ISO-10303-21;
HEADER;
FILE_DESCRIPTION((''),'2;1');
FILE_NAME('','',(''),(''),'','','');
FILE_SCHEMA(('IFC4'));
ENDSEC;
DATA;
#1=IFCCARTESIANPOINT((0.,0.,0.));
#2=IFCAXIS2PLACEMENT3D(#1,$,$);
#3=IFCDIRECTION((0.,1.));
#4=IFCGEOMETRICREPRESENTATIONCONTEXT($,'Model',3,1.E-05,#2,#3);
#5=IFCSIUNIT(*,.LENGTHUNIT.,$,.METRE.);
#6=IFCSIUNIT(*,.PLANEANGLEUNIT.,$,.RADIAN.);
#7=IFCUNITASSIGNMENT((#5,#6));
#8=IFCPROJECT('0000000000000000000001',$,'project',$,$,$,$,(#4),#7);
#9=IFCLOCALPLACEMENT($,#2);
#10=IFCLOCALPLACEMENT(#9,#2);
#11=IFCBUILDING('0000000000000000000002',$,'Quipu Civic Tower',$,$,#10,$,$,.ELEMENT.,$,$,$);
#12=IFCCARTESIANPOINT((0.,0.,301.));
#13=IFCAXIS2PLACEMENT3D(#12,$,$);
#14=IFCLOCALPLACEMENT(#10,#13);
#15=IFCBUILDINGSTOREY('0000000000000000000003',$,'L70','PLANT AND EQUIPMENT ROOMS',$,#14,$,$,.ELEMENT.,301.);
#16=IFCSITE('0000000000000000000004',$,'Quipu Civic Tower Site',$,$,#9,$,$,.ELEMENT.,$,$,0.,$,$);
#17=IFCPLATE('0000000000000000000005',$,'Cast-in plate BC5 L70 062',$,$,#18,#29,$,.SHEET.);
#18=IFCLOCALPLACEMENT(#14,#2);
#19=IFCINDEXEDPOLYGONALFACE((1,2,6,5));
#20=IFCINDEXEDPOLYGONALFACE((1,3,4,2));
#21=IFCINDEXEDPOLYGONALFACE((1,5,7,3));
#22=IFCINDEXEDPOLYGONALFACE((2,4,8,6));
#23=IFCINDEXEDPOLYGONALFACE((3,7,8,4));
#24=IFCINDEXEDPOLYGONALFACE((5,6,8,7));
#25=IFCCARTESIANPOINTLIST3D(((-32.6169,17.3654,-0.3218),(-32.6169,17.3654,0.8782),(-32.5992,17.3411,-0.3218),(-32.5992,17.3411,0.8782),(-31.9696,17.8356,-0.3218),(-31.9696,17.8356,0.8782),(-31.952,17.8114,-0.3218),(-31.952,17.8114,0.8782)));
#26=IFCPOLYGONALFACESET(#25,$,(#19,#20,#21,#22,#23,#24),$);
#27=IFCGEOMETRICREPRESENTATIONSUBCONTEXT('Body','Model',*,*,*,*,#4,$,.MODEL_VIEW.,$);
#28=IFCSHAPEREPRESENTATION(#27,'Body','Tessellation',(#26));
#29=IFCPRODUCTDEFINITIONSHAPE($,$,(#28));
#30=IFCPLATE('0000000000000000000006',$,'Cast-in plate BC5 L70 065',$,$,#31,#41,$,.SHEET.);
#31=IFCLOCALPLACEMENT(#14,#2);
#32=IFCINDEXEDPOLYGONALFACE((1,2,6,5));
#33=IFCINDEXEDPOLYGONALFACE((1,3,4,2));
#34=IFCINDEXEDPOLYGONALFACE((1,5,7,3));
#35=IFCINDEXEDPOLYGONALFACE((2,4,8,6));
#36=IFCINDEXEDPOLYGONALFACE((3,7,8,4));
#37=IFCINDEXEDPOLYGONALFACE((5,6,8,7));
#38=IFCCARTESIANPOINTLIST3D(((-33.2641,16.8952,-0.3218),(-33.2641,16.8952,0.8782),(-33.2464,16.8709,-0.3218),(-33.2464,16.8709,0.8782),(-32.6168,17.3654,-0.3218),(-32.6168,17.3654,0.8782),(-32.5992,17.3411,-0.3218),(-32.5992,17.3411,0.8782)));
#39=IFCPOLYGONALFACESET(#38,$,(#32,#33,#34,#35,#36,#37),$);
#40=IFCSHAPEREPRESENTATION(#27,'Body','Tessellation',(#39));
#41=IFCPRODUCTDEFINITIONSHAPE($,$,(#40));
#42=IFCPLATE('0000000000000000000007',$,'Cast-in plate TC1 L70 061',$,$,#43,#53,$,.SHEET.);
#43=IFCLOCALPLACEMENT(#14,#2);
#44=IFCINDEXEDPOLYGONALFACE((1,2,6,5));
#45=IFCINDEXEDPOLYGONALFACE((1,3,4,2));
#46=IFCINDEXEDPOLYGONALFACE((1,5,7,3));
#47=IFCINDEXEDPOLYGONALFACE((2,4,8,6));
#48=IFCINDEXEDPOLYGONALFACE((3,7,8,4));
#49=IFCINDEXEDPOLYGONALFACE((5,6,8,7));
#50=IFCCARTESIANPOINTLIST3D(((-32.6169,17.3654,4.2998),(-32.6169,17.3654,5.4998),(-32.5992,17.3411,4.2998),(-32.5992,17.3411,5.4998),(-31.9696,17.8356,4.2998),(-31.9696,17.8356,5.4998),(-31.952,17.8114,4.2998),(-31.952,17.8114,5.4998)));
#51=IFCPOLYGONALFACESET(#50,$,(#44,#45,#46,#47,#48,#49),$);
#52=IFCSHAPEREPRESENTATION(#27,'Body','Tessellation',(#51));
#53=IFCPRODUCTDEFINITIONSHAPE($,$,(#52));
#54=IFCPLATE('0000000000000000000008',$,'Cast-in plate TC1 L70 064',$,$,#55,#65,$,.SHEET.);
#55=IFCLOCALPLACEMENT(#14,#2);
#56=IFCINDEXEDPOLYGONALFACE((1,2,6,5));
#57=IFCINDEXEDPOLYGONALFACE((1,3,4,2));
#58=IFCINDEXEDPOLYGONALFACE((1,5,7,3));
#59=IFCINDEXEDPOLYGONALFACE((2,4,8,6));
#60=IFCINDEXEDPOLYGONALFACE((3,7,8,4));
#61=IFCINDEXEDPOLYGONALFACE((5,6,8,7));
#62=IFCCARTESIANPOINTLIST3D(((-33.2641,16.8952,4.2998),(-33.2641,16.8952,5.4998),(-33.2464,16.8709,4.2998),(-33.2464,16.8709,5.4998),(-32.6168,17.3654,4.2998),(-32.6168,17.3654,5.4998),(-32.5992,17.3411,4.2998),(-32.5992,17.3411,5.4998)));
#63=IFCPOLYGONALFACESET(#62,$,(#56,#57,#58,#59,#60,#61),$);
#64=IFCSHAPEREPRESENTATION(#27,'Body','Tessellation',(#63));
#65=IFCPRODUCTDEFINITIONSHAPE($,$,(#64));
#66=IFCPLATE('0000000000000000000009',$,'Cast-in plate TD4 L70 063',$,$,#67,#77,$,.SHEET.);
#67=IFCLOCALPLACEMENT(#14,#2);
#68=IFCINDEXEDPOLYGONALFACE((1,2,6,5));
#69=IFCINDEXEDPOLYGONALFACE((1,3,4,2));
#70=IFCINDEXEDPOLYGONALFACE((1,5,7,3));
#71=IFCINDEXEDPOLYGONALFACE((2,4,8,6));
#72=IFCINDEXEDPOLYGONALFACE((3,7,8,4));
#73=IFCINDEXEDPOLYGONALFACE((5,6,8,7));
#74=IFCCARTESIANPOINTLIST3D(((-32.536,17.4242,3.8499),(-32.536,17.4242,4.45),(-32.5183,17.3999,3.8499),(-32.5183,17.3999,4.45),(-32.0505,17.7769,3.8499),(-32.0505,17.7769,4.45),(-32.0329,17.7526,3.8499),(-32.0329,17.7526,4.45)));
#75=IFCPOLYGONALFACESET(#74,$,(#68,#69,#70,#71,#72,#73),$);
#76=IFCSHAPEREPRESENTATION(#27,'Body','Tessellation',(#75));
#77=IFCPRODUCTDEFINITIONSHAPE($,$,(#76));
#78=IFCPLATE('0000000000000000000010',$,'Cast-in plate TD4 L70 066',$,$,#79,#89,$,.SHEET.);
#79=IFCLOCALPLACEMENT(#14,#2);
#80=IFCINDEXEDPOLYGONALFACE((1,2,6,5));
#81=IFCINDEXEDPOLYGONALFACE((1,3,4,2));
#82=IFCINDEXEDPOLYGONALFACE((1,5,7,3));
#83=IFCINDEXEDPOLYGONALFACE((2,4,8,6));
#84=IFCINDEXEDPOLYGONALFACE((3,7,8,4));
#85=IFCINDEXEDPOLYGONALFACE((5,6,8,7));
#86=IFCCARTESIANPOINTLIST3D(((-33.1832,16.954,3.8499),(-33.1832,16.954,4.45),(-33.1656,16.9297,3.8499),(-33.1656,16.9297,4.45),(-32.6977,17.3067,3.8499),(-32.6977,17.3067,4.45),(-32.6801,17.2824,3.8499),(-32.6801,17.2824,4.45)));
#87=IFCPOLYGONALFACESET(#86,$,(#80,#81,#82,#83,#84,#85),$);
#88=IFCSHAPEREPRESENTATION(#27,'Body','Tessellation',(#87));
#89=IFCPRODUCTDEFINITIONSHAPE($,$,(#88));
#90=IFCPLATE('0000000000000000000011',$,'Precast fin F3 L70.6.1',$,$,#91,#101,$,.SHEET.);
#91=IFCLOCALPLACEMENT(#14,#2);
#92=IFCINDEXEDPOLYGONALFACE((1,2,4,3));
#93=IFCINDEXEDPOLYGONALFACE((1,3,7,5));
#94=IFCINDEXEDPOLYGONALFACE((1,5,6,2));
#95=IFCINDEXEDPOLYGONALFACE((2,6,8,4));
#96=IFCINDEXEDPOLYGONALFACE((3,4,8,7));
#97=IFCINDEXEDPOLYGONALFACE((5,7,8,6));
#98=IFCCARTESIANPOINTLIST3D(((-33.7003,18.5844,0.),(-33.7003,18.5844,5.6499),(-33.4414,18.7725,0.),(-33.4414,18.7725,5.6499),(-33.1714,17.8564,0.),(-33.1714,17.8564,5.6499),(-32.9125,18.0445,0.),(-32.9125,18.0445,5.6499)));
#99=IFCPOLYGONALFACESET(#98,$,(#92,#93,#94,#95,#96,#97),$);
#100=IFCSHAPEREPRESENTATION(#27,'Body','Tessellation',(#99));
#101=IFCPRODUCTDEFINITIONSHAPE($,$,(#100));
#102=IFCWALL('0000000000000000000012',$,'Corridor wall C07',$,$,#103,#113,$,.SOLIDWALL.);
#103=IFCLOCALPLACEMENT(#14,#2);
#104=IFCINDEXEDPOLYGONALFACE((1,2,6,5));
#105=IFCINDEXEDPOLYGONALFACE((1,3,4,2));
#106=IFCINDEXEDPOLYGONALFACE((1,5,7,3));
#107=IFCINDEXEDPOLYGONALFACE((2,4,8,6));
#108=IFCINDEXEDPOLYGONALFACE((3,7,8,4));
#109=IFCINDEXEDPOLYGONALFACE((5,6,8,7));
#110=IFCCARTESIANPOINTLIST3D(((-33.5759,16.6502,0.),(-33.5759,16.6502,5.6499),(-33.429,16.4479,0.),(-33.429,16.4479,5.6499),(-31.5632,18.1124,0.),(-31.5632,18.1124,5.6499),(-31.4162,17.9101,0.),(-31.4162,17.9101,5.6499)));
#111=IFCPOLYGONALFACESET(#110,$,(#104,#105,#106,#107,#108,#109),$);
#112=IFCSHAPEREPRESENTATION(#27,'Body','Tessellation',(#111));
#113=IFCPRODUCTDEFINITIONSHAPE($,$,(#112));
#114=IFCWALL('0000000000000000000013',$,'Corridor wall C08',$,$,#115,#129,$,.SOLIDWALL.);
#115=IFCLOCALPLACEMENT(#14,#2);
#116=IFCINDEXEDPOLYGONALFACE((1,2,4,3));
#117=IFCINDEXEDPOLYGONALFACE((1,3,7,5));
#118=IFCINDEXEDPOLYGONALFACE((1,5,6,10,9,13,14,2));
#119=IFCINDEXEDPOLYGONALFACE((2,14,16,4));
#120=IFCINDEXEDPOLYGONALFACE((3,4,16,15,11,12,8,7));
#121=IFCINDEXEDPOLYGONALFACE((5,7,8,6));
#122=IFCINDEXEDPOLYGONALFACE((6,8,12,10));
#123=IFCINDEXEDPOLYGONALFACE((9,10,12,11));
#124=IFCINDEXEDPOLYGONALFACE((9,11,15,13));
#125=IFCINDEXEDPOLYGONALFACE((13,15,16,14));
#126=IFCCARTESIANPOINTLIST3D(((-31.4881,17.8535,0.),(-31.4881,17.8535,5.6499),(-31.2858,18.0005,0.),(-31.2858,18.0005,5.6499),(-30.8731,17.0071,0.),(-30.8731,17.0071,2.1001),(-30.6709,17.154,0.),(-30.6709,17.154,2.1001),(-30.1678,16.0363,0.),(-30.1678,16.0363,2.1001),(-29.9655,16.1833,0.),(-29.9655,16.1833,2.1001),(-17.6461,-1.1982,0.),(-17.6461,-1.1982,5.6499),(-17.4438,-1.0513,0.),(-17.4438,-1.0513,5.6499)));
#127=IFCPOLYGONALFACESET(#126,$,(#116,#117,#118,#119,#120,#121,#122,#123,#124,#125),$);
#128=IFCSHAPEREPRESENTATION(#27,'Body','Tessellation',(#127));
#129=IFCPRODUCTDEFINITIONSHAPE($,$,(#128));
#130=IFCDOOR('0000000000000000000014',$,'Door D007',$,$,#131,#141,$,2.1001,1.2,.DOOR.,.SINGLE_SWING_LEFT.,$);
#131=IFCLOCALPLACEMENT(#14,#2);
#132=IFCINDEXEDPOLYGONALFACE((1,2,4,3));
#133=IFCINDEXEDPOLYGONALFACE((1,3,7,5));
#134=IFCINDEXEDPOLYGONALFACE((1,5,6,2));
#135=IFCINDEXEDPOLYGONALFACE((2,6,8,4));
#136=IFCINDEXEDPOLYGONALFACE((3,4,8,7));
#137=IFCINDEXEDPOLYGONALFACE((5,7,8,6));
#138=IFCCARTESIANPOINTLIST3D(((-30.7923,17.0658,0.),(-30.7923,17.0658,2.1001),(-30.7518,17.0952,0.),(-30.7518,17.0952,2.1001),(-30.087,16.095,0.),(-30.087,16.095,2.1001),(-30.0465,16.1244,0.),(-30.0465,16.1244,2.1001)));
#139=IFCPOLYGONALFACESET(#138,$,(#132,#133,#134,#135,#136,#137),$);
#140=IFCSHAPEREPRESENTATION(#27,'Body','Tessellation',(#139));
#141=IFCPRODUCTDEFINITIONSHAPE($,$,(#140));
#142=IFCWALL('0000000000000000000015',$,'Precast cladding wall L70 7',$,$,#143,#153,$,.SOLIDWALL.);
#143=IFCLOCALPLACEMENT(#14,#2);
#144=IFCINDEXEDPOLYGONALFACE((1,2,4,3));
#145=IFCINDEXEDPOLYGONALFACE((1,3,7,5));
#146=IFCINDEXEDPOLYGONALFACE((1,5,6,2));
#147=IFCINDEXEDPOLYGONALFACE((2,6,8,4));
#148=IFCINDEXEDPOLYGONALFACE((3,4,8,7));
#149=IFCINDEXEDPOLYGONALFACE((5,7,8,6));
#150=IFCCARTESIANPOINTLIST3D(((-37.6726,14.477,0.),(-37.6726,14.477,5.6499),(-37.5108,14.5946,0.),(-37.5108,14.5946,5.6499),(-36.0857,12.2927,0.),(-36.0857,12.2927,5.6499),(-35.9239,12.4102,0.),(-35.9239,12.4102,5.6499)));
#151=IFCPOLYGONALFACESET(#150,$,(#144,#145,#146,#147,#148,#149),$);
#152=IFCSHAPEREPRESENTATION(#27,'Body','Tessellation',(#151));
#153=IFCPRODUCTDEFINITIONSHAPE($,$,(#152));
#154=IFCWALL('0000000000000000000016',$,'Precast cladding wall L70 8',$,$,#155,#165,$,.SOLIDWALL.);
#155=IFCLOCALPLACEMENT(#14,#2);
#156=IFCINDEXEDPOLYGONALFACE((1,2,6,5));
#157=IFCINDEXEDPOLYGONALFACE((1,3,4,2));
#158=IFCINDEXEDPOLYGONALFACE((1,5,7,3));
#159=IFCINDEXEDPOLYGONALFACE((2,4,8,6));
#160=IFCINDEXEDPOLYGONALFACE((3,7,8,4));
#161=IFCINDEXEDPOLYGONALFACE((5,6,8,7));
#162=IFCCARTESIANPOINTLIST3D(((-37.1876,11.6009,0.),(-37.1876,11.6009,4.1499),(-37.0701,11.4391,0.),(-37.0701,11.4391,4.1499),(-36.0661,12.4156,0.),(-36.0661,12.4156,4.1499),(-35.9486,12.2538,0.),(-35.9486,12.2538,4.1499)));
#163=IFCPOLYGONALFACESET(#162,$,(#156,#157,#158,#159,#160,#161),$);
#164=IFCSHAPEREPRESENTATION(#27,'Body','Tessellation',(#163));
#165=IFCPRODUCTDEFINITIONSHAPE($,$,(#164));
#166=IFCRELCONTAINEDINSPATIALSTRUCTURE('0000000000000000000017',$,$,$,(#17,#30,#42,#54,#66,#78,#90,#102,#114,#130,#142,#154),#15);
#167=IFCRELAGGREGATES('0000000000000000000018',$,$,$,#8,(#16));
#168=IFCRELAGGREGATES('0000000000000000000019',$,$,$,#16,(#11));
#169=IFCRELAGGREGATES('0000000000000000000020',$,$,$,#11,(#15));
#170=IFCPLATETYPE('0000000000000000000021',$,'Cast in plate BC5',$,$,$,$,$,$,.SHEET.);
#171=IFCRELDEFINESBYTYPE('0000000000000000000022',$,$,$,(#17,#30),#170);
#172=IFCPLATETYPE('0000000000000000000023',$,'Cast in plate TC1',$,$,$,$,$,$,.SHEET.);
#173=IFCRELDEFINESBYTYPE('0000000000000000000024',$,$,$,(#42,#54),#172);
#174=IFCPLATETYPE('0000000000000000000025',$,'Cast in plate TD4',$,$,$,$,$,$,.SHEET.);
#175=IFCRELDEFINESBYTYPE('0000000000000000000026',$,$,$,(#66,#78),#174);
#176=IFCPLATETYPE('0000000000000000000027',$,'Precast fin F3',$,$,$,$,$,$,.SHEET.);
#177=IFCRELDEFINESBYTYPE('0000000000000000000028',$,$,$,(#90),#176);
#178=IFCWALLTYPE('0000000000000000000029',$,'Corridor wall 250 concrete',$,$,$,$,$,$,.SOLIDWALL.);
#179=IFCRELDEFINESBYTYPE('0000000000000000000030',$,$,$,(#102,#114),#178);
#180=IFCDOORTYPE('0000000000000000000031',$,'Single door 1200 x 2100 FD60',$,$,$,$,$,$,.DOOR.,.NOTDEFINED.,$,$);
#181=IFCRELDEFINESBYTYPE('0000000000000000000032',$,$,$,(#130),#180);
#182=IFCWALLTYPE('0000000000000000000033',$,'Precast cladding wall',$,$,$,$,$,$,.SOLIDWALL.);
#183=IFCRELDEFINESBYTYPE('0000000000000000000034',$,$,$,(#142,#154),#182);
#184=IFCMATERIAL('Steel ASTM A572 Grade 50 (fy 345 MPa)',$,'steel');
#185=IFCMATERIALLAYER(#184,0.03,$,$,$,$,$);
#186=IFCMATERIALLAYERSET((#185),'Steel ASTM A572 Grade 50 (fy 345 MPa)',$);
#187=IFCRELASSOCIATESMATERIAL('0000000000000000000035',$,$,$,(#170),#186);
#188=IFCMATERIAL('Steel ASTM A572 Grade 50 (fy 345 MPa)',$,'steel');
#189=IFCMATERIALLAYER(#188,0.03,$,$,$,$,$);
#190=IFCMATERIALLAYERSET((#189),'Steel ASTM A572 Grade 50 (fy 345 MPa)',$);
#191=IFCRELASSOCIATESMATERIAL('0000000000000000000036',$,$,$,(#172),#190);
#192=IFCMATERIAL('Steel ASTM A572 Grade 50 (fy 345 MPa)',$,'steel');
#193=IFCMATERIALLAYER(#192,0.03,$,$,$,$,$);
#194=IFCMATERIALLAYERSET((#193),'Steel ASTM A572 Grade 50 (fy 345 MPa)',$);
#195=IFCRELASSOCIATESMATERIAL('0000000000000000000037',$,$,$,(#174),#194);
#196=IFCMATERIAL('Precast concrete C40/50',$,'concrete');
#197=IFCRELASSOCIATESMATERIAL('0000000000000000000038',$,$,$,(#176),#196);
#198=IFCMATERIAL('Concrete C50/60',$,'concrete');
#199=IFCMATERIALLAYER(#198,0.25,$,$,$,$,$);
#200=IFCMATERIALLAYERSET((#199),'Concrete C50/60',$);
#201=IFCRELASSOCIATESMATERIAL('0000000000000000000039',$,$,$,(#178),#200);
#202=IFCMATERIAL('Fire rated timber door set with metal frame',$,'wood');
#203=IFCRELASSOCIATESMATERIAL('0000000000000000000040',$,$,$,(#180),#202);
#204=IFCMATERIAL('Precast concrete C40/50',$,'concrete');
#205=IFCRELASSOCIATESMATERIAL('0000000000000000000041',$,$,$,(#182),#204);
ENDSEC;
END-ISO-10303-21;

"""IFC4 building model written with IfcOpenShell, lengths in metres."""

from ifc_helpers import new_model, si_unit, direction, frame, frame_2d, origin, origin_2d, place, context, subcontext, project, spatial, rectangle, extrude, material, layer, layer_set, type_object, element, fill, save


model = new_model("IFC4")

# Units and contexts
model_context = context("Model", 3, precision=1e-05, world=origin(), true_north=direction((0.0, 1.0)))
body_context = subcontext(model_context, "Body", "Model", "MODEL_VIEW")
ifc_project = project(units=[si_unit("LENGTHUNIT", "METRE"), si_unit("PLANEANGLEUNIT", "RADIAN")], contexts=[model_context])

# Site, building, storey
site_placement = place(None, origin())
site = spatial("IfcSite", under=ifc_project, at=site_placement, Name="Quipu Civic Tower Site", CompositionType="ELEMENT", RefElevation=0.0)
building_placement = place(site_placement, origin())
building = spatial("IfcBuilding", under=site, at=building_placement, Name="Quipu Civic Tower", CompositionType="ELEMENT")
storey_placement = place(building_placement, frame((0.0, 0.0, 301.0)))
storey = spatial("IfcBuildingStorey", under=building, at=storey_placement, Name="L70", Description="PLANT AND EQUIPMENT ROOMS", CompositionType="ELEMENT", Elevation=301.0)

# Plates
ifc_material_1 = material(Name="Steel ASTM A572 Grade 50 (fy 345 MPa)", Category="steel")
ifc_layer_1 = layer(ifc_material_1, 0.03)
ifc_layer_set_1 = layer_set([ifc_layer_1], Name="Steel ASTM A572 Grade 50 (fy 345 MPa)")
plate_type_1 = type_object("IfcPlateType", Name="Cast in plate BC5", PredefinedType="SHEET", material=ifc_layer_set_1)
for number, where, z_axis, x_axis, name in (
    (1, (-32.2844, 17.5884, -0.3218), (0.0, 0.0, 1.0), (0.809027, 0.587771, 0.0), "Cast-in plate BC5 L70 062"),
    (2, (-32.9316, 17.1182, -0.3218), (0.0, 0.0, 1.0), (0.809027, 0.587771, 0.0), "Cast-in plate BC5 L70 065"),
):
    element("IfcPlate", number, at=place(storey_placement, frame(where, z_axis=z_axis, x_axis=x_axis)), inside=storey, type_object=plate_type_1, Name=name, PredefinedType="SHEET", context=body_context, shape_type="SweptSolid", body=[
        extrude(rectangle(XDim=0.8, YDim=0.03, at=origin_2d()), origin(), (0.0, 0.0, 1.0), 1.2),
    ])
ifc_material_2 = material(Name="Steel ASTM A572 Grade 50 (fy 345 MPa)", Category="steel")
ifc_layer_2 = layer(ifc_material_2, 0.03)
ifc_layer_set_2 = layer_set([ifc_layer_2], Name="Steel ASTM A572 Grade 50 (fy 345 MPa)")
plate_type_2 = type_object("IfcPlateType", Name="Cast in plate TC1", PredefinedType="SHEET", material=ifc_layer_set_2)
for number, where, z_axis, x_axis, name in (
    (3, (-32.2844, 17.5884, 4.2998), (0.0, 0.0, 1.0), (0.809027, 0.587771, 0.0), "Cast-in plate TC1 L70 061"),
    (4, (-32.9316, 17.1182, 4.2998), (0.0, 0.0, 1.0), (0.809027, 0.587771, 0.0), "Cast-in plate TC1 L70 064"),
):
    element("IfcPlate", number, at=place(storey_placement, frame(where, z_axis=z_axis, x_axis=x_axis)), inside=storey, type_object=plate_type_2, Name=name, PredefinedType="SHEET", context=body_context, shape_type="SweptSolid", body=[
        extrude(rectangle(XDim=0.8, YDim=0.03, at=origin_2d()), origin(), (0.0, 0.0, 1.0), 1.2),
    ])
ifc_material_3 = material(Name="Steel ASTM A572 Grade 50 (fy 345 MPa)", Category="steel")
ifc_layer_3 = layer(ifc_material_3, 0.03)
ifc_layer_set_3 = layer_set([ifc_layer_3], Name="Steel ASTM A572 Grade 50 (fy 345 MPa)")
plate_type_3 = type_object("IfcPlateType", Name="Cast in plate TD4", PredefinedType="SHEET", material=ifc_layer_set_3)
for number, where, z_axis, x_axis, name in (
    (5, (-32.2844, 17.5884, 3.8499), (0.0, 0.0, 1.0), (0.809027, 0.587771, 0.0), "Cast-in plate TD4 L70 063"),
    (6, (-32.9316, 17.1182, 3.8499), (0.0, 0.0, 1.0), (0.809027, 0.587771, 0.0), "Cast-in plate TD4 L70 066"),
):
    element("IfcPlate", number, at=place(storey_placement, frame(where, z_axis=z_axis, x_axis=x_axis)), inside=storey, type_object=plate_type_3, Name=name, PredefinedType="SHEET", context=body_context, shape_type="SweptSolid", body=[
        extrude(rectangle(XDim=0.6001, YDim=0.03, at=origin_2d()), origin(), (0.0, 0.0, 1.0), 0.6001),
    ])
ifc_material_4 = material(Name="Precast concrete C40/50", Category="concrete")
plate_type_4 = type_object("IfcPlateType", Name="Precast fin F3", PredefinedType="SHEET", material=ifc_material_4)
plate_placement = place(storey_placement, frame((-33.3064, 18.3145, 0.0), z_axis=(0.0, 0.0, 1.0), x_axis=(-0.809017, -0.587785, 0.0)))
element("IfcPlate", 7, at=plate_placement, inside=storey, type_object=plate_type_4, Name="Precast fin F3 L70.6.1", PredefinedType="SHEET", context=body_context, shape_type="SweptSolid", body=[
    extrude(rectangle(XDim=0.3201, YDim=0.8999, at=origin_2d()), origin(), (0.0, 0.0, 1.0), 5.6499),
])

# Wall
ifc_material_5 = material(Name="Concrete C50/60", Category="concrete")
ifc_layer_4 = layer(ifc_material_5, 0.25)
ifc_layer_set_4 = layer_set([ifc_layer_4], Name="Concrete C50/60")
wall_type_1 = type_object("IfcWallType", Name="Corridor wall 250 concrete", PredefinedType="SOLIDWALL", material=ifc_layer_set_4)
wall_1_placement = place(storey_placement, frame((-33.5024, 16.5491, 0.0), z_axis=(0.0, 0.0, 1.0), x_axis=(0.809046, 0.587746, 0.0)))
element("IfcWall", 8, at=wall_1_placement, inside=storey, type_object=wall_type_1, Name="Corridor wall C07", PredefinedType="SOLIDWALL", context=body_context, shape_type="SweptSolid", body=[
    extrude(rectangle(XDim=2.4878, YDim=0.25, at=frame_2d((1.2439, 0.0))), origin(), (0.0, 0.0, 1.0), 5.6499),
])

# Wall, opening, door
wall_2_placement = place(storey_placement, frame((-31.387, 17.927, 0.0), z_axis=(0.0, 0.0, 1.0), x_axis=(0.587789, -0.809014, 0.0)))
wall_2 = element("IfcWall", 9, at=wall_2_placement, inside=storey, type_object=wall_type_1, Name="Corridor wall C08", PredefinedType="SOLIDWALL", context=body_context, shape_type="SweptSolid", body=[
    extrude(rectangle(XDim=23.5493, YDim=0.25, at=frame_2d((11.7747, 0.0))), origin(), (0.0, 0.0, 1.0), 5.6499),
])
opening_placement = place(wall_2_placement, frame((1.0461, 0.0, 0.0)))
opening = element("IfcOpeningElement", 10, at=opening_placement, cuts=wall_2, PredefinedType="OPENING", context=body_context, shape_type="SweptSolid", body=[
    extrude(rectangle(XDim=1.2, YDim=2.1001, at=frame_2d((0.6001, 1.05))), frame((0.0, 0.135, 0.0), z_axis=(0.0, -1.0, 0.0), x_axis=(1.0, 0.0, 0.0)), (0.0, 0.0, 1.0), 0.27),
])
ifc_material_6 = material(Name="Fire rated timber door set with metal frame", Category="wood")
door_type = type_object("IfcDoorType", Name="Single door 1200 x 2100 FD60", OperationType="NOTDEFINED", PredefinedType="DOOR", material=ifc_material_6)
door_placement = place(opening_placement, origin())
door = element("IfcDoor", 11, at=door_placement, inside=storey, type_object=door_type, Name="Door D007", OperationType="SINGLE_SWING_LEFT", OverallHeight=2.1001, OverallWidth=1.2, PredefinedType="DOOR", context=body_context, shape_type="SweptSolid", body=[
    extrude(rectangle(XDim=1.2, YDim=2.1001, at=frame_2d((0.6001, 1.05))), frame((0.0, 0.0249, 0.0), z_axis=(0.0, -1.0, 0.0), x_axis=(1.0, 0.0, 0.0)), (0.0, 0.0, 1.0), 0.05),
])
fill(opening, door)

# Walls
ifc_material_7 = material(Name="Precast concrete C40/50", Category="concrete")
wall_type_2 = type_object("IfcWallType", Name="Precast cladding wall", PredefinedType="SOLIDWALL", material=ifc_material_7)
wall_3_placement = place(storey_placement, frame((-37.5918, 14.5359, 0.0), z_axis=(0.0, 0.0, 1.0), x_axis=(0.587763, -0.809033, 0.0)))
element("IfcWall", 12, at=wall_3_placement, inside=storey, type_object=wall_type_2, Name="Precast cladding wall L70 7", PredefinedType="SOLIDWALL", context=body_context, shape_type="SweptSolid", body=[
    extrude(rectangle(XDim=2.7, YDim=0.2, at=frame_2d((1.3501, 0.0))), origin(), (0.0, 0.0, 1.0), 5.6499),
])
wall_4_placement = place(storey_placement, frame((-36.0073, 12.3347, 0.0), z_axis=(0.0, 0.0, 1.0), x_axis=(-0.809079, -0.5877, 0.0)))
element("IfcWall", 13, at=wall_4_placement, inside=storey, type_object=wall_type_2, Name="Precast cladding wall L70 8", PredefinedType="SOLIDWALL", context=body_context, shape_type="SweptSolid", body=[
    extrude(rectangle(XDim=1.3862, YDim=0.2, at=frame_2d((0.6931, 0.0))), origin(), (0.0, 0.0, 1.0), 4.1499),
])

save(model, "model.ifc")
